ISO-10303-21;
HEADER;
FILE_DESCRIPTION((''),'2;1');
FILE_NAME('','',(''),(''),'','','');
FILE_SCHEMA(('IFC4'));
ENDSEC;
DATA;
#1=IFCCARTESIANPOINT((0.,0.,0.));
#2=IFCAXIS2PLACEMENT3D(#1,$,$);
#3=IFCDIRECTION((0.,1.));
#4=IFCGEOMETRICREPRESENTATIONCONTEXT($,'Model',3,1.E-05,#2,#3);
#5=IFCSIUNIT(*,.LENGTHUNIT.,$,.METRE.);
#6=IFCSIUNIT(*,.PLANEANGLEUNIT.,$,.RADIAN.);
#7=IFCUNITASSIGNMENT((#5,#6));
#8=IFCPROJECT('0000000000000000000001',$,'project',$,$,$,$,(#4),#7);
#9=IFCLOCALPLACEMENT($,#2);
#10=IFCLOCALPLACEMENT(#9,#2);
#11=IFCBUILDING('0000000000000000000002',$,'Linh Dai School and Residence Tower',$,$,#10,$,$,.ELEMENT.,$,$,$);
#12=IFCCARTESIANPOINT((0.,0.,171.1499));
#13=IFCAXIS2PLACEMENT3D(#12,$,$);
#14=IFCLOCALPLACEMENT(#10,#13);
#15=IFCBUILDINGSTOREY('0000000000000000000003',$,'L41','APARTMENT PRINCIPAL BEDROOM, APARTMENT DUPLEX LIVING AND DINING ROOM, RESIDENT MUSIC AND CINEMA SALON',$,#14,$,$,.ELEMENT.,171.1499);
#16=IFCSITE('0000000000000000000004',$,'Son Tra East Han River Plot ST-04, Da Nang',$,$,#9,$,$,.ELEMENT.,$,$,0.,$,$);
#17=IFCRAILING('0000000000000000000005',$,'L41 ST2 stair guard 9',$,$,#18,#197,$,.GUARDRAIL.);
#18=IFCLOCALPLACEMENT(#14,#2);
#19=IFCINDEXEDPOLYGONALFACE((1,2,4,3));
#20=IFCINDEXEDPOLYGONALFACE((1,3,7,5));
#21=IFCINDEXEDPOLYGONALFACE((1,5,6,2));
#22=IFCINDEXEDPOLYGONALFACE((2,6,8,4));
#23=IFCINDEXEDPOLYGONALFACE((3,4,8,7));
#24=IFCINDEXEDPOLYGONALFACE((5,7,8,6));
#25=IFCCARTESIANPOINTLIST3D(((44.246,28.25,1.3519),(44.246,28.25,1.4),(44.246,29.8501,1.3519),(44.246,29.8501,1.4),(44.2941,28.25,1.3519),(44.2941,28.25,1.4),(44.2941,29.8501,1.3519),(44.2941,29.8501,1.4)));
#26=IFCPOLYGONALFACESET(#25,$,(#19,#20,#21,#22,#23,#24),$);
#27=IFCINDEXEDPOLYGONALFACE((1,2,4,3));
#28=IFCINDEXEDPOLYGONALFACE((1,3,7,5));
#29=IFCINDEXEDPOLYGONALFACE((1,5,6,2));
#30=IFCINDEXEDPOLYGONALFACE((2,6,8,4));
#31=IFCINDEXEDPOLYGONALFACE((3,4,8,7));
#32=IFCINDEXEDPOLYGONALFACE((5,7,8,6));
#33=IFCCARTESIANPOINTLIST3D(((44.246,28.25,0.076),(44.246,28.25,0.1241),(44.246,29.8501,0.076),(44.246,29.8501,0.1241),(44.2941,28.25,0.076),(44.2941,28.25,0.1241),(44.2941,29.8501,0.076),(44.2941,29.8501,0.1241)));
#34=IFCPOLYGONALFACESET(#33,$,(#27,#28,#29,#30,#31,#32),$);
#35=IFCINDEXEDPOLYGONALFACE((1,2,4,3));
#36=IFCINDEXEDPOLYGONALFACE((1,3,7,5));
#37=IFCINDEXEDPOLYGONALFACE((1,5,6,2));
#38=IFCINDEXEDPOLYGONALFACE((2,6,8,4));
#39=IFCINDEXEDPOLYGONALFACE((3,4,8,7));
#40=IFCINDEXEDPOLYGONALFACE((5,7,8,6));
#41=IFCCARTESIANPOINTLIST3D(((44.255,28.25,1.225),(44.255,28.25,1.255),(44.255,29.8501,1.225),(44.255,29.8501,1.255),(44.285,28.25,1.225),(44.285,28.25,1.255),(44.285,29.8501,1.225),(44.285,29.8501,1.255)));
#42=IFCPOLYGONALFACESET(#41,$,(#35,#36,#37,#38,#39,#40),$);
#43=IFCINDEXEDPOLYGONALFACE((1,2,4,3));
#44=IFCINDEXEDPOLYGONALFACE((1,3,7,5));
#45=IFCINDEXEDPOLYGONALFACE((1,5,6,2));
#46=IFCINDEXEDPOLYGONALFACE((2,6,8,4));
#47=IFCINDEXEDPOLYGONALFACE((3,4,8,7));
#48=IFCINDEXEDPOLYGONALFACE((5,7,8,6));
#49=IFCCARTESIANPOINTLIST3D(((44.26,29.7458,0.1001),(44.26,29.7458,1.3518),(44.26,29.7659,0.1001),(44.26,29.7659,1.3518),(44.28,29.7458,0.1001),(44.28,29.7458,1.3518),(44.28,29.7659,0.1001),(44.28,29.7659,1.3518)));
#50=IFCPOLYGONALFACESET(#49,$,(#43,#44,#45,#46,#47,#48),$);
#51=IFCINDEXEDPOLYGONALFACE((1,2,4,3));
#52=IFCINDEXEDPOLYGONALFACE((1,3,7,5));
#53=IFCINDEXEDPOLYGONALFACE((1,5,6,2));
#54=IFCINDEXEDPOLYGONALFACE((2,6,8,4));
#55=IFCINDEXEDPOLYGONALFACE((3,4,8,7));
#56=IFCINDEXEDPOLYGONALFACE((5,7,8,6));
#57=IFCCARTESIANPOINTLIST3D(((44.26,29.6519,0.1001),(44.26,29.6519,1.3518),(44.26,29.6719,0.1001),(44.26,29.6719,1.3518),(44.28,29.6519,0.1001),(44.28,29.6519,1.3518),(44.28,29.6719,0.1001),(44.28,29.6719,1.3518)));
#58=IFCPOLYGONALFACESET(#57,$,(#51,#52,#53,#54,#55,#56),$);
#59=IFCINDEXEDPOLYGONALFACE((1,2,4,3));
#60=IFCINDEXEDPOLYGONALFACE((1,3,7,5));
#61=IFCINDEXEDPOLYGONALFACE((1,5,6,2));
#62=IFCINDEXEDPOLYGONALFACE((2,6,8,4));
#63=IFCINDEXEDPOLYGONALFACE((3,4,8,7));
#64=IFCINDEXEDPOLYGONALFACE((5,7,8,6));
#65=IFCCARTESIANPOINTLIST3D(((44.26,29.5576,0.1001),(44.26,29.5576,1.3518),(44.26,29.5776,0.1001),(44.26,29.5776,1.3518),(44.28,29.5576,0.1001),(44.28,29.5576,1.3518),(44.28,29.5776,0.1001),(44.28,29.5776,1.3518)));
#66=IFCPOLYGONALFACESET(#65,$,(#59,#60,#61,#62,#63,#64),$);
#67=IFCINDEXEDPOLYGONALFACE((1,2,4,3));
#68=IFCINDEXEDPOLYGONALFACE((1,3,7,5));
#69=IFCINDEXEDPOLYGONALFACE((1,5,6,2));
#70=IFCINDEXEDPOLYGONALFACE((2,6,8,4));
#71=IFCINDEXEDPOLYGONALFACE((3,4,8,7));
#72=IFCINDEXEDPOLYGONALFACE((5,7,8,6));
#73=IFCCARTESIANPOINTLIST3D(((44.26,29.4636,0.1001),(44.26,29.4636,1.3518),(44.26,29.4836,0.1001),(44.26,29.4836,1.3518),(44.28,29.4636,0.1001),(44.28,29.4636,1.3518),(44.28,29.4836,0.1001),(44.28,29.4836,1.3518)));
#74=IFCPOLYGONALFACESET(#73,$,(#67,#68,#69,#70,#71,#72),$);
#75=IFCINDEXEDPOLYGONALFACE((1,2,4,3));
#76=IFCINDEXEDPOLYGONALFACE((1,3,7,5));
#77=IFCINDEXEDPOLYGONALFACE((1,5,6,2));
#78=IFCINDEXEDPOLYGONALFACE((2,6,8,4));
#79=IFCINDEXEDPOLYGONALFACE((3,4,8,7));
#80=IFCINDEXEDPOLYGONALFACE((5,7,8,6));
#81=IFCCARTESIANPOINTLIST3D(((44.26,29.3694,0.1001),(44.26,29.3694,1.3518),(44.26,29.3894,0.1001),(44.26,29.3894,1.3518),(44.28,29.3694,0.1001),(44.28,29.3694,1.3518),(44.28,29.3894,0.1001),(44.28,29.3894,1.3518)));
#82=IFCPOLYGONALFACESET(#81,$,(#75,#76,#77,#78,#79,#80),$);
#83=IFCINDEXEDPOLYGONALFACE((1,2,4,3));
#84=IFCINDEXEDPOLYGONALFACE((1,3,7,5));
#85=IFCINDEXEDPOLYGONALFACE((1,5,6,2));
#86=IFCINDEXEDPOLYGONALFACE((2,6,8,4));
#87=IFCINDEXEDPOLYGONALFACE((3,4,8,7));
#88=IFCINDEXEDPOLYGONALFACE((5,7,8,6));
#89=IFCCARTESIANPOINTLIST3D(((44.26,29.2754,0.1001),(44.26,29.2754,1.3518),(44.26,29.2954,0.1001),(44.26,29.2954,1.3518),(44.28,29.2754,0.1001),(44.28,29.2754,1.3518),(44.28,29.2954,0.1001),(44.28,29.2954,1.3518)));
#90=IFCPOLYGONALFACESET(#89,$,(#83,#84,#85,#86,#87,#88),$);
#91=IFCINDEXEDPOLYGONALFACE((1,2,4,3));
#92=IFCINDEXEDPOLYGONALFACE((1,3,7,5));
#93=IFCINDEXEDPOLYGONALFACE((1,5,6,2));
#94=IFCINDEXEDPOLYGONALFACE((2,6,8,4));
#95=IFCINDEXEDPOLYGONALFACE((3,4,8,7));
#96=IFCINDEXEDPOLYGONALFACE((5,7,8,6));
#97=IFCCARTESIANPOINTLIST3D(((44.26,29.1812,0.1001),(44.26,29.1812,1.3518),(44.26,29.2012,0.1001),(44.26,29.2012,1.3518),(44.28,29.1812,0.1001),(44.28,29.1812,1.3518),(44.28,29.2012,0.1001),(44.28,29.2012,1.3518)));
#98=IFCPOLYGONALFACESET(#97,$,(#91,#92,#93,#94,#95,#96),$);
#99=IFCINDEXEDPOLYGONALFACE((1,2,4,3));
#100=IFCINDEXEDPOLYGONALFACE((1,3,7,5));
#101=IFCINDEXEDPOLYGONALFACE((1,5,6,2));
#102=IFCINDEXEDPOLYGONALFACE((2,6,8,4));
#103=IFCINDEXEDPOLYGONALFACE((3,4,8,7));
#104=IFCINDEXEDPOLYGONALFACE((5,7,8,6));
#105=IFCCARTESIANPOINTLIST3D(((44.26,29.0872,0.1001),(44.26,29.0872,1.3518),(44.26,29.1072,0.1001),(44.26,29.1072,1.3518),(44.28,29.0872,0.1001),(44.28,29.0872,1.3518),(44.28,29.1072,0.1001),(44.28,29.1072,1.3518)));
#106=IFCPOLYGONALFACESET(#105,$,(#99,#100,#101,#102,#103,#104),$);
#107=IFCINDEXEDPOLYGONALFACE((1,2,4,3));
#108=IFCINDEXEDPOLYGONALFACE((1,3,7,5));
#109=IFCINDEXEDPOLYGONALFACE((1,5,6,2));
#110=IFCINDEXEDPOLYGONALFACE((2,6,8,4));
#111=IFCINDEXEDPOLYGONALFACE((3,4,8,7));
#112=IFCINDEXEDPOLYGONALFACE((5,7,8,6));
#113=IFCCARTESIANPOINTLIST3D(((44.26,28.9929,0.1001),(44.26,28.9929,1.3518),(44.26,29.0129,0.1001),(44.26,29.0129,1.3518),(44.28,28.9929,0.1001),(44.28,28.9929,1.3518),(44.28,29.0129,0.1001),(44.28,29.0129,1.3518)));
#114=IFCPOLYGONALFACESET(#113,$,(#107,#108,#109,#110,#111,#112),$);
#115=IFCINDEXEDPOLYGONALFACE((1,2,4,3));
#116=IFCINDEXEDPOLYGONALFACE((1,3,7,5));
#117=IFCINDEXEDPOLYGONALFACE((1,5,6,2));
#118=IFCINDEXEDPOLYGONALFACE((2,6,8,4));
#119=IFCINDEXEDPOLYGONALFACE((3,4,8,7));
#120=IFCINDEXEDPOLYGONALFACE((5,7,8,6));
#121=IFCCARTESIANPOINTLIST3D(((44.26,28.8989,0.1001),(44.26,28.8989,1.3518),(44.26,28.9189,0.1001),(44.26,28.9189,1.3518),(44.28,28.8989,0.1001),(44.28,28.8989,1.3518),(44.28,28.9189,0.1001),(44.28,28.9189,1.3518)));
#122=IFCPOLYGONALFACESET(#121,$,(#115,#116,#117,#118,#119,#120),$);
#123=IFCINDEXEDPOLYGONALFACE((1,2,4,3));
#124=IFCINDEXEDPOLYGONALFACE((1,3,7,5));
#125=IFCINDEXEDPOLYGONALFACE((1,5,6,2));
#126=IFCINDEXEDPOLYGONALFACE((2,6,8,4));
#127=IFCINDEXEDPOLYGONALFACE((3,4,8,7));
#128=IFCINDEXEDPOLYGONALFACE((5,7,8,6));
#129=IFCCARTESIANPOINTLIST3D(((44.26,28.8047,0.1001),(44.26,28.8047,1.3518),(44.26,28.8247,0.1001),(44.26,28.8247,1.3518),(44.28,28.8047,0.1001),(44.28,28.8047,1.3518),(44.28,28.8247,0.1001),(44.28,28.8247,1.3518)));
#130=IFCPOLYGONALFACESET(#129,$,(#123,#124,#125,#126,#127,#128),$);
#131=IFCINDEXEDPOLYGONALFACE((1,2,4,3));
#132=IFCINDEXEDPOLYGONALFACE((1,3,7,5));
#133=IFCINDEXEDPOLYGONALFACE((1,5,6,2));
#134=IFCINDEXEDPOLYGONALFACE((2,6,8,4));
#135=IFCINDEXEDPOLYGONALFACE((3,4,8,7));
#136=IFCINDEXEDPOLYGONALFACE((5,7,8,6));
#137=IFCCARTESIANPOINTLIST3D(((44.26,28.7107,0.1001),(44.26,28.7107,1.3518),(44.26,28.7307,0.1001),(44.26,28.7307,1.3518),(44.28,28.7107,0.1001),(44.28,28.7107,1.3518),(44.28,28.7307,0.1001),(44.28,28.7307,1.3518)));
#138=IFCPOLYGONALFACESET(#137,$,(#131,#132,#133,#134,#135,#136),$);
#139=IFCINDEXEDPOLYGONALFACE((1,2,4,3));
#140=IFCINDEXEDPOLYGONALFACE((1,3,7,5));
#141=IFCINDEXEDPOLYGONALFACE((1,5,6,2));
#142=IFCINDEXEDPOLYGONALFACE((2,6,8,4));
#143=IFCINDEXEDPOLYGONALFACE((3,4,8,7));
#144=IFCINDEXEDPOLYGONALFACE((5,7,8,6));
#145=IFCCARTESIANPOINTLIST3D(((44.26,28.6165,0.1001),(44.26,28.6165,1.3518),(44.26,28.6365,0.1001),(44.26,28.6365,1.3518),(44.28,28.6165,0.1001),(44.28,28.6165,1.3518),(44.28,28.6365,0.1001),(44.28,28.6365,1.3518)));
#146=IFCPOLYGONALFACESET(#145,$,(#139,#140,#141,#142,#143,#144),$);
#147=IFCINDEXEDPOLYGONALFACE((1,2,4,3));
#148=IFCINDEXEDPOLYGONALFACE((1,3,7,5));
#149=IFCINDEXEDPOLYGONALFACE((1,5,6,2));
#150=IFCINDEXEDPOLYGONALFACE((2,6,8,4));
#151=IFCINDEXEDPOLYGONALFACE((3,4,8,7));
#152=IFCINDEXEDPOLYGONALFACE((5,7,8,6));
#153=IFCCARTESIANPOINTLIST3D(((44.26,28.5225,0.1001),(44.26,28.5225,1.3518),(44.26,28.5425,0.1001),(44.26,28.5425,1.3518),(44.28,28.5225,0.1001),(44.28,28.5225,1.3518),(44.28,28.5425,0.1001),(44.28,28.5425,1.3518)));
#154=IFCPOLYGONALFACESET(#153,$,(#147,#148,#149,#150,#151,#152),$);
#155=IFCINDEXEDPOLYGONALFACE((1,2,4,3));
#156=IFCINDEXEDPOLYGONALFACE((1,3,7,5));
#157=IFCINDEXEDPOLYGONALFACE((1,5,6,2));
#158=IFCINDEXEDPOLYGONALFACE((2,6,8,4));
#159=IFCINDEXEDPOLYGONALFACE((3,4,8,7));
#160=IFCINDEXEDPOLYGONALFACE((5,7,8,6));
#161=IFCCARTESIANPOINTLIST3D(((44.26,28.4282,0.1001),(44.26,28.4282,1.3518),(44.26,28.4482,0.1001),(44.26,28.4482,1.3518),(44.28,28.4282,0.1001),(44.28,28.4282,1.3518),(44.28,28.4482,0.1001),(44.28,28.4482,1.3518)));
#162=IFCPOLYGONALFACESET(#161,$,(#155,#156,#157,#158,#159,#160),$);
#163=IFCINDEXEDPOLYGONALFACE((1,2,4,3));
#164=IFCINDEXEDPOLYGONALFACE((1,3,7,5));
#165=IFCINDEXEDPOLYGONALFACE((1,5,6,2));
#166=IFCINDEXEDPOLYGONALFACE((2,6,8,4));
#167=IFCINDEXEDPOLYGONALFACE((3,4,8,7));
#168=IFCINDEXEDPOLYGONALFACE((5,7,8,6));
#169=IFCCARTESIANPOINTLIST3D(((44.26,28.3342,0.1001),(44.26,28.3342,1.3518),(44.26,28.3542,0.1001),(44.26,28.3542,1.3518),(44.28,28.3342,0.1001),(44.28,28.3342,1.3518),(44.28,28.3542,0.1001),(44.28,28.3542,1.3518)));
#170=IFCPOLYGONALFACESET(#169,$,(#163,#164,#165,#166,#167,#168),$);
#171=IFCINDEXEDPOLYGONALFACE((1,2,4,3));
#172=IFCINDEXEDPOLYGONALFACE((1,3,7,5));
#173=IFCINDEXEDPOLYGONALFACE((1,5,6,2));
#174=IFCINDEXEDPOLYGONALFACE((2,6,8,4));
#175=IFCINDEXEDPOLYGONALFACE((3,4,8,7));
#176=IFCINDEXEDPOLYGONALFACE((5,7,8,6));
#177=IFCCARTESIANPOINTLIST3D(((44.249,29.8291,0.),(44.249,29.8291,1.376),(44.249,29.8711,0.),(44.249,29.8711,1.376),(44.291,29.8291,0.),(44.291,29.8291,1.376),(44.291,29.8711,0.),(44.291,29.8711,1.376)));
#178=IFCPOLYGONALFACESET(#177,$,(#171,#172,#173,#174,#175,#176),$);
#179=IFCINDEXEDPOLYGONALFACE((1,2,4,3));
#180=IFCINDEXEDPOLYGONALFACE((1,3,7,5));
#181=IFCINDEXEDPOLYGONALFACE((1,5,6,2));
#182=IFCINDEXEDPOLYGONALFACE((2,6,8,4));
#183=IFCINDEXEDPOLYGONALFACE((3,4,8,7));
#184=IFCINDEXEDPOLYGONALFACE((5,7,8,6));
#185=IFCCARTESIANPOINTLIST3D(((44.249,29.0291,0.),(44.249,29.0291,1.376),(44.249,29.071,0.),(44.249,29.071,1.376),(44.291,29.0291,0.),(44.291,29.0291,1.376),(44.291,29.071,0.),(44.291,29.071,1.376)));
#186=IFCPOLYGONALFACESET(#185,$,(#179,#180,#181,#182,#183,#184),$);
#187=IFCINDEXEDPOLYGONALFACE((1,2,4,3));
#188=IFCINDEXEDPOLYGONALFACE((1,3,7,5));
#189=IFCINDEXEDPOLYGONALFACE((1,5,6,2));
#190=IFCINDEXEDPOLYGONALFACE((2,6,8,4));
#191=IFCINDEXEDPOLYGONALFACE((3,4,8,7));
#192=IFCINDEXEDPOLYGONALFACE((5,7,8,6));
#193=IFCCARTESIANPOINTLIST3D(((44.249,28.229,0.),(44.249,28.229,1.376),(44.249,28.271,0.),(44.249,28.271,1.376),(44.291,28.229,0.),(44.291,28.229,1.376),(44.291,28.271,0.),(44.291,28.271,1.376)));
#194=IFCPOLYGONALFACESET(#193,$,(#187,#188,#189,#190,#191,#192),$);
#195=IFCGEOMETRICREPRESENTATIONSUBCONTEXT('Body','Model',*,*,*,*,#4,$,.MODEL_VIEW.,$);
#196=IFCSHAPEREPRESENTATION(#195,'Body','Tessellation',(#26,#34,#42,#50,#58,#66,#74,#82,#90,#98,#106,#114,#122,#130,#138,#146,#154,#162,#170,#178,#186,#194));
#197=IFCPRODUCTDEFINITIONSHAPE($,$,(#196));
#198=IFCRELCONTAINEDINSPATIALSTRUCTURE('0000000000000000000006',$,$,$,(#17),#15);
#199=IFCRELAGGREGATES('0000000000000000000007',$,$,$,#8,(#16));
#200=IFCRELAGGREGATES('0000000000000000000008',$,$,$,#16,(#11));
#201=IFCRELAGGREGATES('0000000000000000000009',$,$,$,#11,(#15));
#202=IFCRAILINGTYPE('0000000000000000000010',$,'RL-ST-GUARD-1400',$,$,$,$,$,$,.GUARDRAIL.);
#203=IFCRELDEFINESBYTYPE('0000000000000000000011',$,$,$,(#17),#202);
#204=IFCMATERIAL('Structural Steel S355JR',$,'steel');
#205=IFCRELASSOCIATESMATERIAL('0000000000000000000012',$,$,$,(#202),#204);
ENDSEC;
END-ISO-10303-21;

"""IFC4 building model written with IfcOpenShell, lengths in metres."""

from ifc_helpers import new_model, si_unit, direction, frame, origin, origin_2d, place, context, subcontext, project, spatial, rectangle, extrude, source, transform, mapped, material, type_object, element, save


model = new_model("IFC4")

# Units and contexts
model_context = context("Model", 3, precision=1e-05, world=origin(), true_north=direction((0.0, 1.0)))
body_context = subcontext(model_context, "Body", "Model", "MODEL_VIEW")
ifc_project = project(units=[si_unit("LENGTHUNIT", "METRE"), si_unit("PLANEANGLEUNIT", "RADIAN")], contexts=[model_context])

# Site, building, storey
site_placement = place(None, origin())
site = spatial("IfcSite", under=ifc_project, at=site_placement, Name="Son Tra East Han River Plot ST-04, Da Nang", CompositionType="ELEMENT", RefElevation=0.0)
building_placement = place(site_placement, origin())
building = spatial("IfcBuilding", under=site, at=building_placement, Name="Linh Dai School and Residence Tower", CompositionType="ELEMENT")
storey_placement = place(building_placement, frame((0.0, 0.0, 171.1499)))
storey = spatial("IfcBuildingStorey", under=building, at=storey_placement, Name="L41", Description="APARTMENT PRINCIPAL BEDROOM, APARTMENT DUPLEX LIVING AND DINING ROOM, RESIDENT MUSIC AND CINEMA SALON", CompositionType="ELEMENT", Elevation=171.1499)

# Shared definitions
ifc_material_1 = material(Name="Structural Steel S355JR", Category="steel")

# Railing
railing_type_1 = type_object("IfcRailingType", Name="RL-ST-GUARD-1400", PredefinedType="GUARDRAIL", material=ifc_material_1)
shared_shape_1 = source(origin(), body_context, "Body", "SweptSolid", [
    extrude(rectangle(XDim=0.0481, YDim=0.0481, at=origin_2d()), frame((0.0, 0.0, 1.376), z_axis=(0.0, -1.0, 0.0), x_axis=(1.0, 0.0, 0.0)), (0.0, 0.0, 1.0), 1.6001),
    extrude(rectangle(XDim=0.0481, YDim=0.0481, at=origin_2d()), frame((0.0, 0.0, 0.1001), z_axis=(0.0, -1.0, 0.0), x_axis=(1.0, 0.0, 0.0)), (0.0, 0.0, 1.0), 1.6001),
    extrude(rectangle(XDim=0.03, YDim=0.03, at=origin_2d()), frame((0.0, 0.0, 1.24), z_axis=(0.0, -1.0, 0.0), x_axis=(1.0, 0.0, 0.0)), (0.0, 0.0, 1.0), 1.6001),
    extrude(rectangle(XDim=0.02, YDim=0.02, at=origin_2d()), frame((0.0, -0.0942, 0.1001)), (0.0, 0.0, 1.0), 1.2517),
    extrude(rectangle(XDim=0.02, YDim=0.02, at=origin_2d()), frame((0.0, -0.1882, 0.1001)), (0.0, 0.0, 1.0), 1.2517),
    extrude(rectangle(XDim=0.02, YDim=0.02, at=origin_2d()), frame((0.0, -0.2825, 0.1001)), (0.0, 0.0, 1.0), 1.2517),
    extrude(rectangle(XDim=0.02, YDim=0.02, at=origin_2d()), frame((0.0, -0.3765, 0.1001)), (0.0, 0.0, 1.0), 1.2517),
    extrude(rectangle(XDim=0.02, YDim=0.02, at=origin_2d()), frame((0.0, -0.4707, 0.1001)), (0.0, 0.0, 1.0), 1.2517),
    extrude(rectangle(XDim=0.02, YDim=0.02, at=origin_2d()), frame((0.0, -0.5647, 0.1001)), (0.0, 0.0, 1.0), 1.2517),
    extrude(rectangle(XDim=0.02, YDim=0.02, at=origin_2d()), frame((0.0, -0.6589, 0.1001)), (0.0, 0.0, 1.0), 1.2517),
    extrude(rectangle(XDim=0.02, YDim=0.02, at=origin_2d()), frame((0.0, -0.7529, 0.1001)), (0.0, 0.0, 1.0), 1.2517),
    extrude(rectangle(XDim=0.02, YDim=0.02, at=origin_2d()), frame((0.0, -0.8472, 0.1001)), (0.0, 0.0, 1.0), 1.2517),
    extrude(rectangle(XDim=0.02, YDim=0.02, at=origin_2d()), frame((0.0, -0.9412, 0.1001)), (0.0, 0.0, 1.0), 1.2517),
    extrude(rectangle(XDim=0.02, YDim=0.02, at=origin_2d()), frame((0.0, -1.0354, 0.1001)), (0.0, 0.0, 1.0), 1.2517),
    extrude(rectangle(XDim=0.02, YDim=0.02, at=origin_2d()), frame((0.0, -1.1294, 0.1001)), (0.0, 0.0, 1.0), 1.2517),
    extrude(rectangle(XDim=0.02, YDim=0.02, at=origin_2d()), frame((0.0, -1.2236, 0.1001)), (0.0, 0.0, 1.0), 1.2517),
    extrude(rectangle(XDim=0.02, YDim=0.02, at=origin_2d()), frame((0.0, -1.3176, 0.1001)), (0.0, 0.0, 1.0), 1.2517),
    extrude(rectangle(XDim=0.02, YDim=0.02, at=origin_2d()), frame((0.0, -1.4119, 0.1001)), (0.0, 0.0, 1.0), 1.2517),
    extrude(rectangle(XDim=0.02, YDim=0.02, at=origin_2d()), frame((0.0, -1.5059, 0.1001)), (0.0, 0.0, 1.0), 1.2517),
    extrude(rectangle(XDim=0.042, YDim=0.042, at=origin_2d()), origin(), (0.0, 0.0, 1.0), 1.376),
    extrude(rectangle(XDim=0.042, YDim=0.042, at=origin_2d()), frame((0.0, -0.8, 0.0)), (0.0, 0.0, 1.0), 1.376),
    extrude(rectangle(XDim=0.042, YDim=0.042, at=origin_2d()), frame((0.0, -1.6001, 0.0)), (0.0, 0.0, 1.0), 1.376),
])
for number, where, name in (
    (1, (44.27, 29.8501, 0.0), "L41 ST2 stair guard 9"),
):
    element("IfcRailing", number, at=place(storey_placement, frame(where)), inside=storey, type_object=railing_type_1, Name=name, PredefinedType="GUARDRAIL", context=body_context, shape_type="MappedRepresentation", body=[
        mapped(shared_shape_1, transform((0.0, 0.0, 0.0), x_axis=(1.0, 0.0, 0.0), y_axis=(0.0, 1.0, 0.0), z_axis=(0.0, 0.0, 1.0), scale=1.0)),
    ])

save(model, "model.ifc")
